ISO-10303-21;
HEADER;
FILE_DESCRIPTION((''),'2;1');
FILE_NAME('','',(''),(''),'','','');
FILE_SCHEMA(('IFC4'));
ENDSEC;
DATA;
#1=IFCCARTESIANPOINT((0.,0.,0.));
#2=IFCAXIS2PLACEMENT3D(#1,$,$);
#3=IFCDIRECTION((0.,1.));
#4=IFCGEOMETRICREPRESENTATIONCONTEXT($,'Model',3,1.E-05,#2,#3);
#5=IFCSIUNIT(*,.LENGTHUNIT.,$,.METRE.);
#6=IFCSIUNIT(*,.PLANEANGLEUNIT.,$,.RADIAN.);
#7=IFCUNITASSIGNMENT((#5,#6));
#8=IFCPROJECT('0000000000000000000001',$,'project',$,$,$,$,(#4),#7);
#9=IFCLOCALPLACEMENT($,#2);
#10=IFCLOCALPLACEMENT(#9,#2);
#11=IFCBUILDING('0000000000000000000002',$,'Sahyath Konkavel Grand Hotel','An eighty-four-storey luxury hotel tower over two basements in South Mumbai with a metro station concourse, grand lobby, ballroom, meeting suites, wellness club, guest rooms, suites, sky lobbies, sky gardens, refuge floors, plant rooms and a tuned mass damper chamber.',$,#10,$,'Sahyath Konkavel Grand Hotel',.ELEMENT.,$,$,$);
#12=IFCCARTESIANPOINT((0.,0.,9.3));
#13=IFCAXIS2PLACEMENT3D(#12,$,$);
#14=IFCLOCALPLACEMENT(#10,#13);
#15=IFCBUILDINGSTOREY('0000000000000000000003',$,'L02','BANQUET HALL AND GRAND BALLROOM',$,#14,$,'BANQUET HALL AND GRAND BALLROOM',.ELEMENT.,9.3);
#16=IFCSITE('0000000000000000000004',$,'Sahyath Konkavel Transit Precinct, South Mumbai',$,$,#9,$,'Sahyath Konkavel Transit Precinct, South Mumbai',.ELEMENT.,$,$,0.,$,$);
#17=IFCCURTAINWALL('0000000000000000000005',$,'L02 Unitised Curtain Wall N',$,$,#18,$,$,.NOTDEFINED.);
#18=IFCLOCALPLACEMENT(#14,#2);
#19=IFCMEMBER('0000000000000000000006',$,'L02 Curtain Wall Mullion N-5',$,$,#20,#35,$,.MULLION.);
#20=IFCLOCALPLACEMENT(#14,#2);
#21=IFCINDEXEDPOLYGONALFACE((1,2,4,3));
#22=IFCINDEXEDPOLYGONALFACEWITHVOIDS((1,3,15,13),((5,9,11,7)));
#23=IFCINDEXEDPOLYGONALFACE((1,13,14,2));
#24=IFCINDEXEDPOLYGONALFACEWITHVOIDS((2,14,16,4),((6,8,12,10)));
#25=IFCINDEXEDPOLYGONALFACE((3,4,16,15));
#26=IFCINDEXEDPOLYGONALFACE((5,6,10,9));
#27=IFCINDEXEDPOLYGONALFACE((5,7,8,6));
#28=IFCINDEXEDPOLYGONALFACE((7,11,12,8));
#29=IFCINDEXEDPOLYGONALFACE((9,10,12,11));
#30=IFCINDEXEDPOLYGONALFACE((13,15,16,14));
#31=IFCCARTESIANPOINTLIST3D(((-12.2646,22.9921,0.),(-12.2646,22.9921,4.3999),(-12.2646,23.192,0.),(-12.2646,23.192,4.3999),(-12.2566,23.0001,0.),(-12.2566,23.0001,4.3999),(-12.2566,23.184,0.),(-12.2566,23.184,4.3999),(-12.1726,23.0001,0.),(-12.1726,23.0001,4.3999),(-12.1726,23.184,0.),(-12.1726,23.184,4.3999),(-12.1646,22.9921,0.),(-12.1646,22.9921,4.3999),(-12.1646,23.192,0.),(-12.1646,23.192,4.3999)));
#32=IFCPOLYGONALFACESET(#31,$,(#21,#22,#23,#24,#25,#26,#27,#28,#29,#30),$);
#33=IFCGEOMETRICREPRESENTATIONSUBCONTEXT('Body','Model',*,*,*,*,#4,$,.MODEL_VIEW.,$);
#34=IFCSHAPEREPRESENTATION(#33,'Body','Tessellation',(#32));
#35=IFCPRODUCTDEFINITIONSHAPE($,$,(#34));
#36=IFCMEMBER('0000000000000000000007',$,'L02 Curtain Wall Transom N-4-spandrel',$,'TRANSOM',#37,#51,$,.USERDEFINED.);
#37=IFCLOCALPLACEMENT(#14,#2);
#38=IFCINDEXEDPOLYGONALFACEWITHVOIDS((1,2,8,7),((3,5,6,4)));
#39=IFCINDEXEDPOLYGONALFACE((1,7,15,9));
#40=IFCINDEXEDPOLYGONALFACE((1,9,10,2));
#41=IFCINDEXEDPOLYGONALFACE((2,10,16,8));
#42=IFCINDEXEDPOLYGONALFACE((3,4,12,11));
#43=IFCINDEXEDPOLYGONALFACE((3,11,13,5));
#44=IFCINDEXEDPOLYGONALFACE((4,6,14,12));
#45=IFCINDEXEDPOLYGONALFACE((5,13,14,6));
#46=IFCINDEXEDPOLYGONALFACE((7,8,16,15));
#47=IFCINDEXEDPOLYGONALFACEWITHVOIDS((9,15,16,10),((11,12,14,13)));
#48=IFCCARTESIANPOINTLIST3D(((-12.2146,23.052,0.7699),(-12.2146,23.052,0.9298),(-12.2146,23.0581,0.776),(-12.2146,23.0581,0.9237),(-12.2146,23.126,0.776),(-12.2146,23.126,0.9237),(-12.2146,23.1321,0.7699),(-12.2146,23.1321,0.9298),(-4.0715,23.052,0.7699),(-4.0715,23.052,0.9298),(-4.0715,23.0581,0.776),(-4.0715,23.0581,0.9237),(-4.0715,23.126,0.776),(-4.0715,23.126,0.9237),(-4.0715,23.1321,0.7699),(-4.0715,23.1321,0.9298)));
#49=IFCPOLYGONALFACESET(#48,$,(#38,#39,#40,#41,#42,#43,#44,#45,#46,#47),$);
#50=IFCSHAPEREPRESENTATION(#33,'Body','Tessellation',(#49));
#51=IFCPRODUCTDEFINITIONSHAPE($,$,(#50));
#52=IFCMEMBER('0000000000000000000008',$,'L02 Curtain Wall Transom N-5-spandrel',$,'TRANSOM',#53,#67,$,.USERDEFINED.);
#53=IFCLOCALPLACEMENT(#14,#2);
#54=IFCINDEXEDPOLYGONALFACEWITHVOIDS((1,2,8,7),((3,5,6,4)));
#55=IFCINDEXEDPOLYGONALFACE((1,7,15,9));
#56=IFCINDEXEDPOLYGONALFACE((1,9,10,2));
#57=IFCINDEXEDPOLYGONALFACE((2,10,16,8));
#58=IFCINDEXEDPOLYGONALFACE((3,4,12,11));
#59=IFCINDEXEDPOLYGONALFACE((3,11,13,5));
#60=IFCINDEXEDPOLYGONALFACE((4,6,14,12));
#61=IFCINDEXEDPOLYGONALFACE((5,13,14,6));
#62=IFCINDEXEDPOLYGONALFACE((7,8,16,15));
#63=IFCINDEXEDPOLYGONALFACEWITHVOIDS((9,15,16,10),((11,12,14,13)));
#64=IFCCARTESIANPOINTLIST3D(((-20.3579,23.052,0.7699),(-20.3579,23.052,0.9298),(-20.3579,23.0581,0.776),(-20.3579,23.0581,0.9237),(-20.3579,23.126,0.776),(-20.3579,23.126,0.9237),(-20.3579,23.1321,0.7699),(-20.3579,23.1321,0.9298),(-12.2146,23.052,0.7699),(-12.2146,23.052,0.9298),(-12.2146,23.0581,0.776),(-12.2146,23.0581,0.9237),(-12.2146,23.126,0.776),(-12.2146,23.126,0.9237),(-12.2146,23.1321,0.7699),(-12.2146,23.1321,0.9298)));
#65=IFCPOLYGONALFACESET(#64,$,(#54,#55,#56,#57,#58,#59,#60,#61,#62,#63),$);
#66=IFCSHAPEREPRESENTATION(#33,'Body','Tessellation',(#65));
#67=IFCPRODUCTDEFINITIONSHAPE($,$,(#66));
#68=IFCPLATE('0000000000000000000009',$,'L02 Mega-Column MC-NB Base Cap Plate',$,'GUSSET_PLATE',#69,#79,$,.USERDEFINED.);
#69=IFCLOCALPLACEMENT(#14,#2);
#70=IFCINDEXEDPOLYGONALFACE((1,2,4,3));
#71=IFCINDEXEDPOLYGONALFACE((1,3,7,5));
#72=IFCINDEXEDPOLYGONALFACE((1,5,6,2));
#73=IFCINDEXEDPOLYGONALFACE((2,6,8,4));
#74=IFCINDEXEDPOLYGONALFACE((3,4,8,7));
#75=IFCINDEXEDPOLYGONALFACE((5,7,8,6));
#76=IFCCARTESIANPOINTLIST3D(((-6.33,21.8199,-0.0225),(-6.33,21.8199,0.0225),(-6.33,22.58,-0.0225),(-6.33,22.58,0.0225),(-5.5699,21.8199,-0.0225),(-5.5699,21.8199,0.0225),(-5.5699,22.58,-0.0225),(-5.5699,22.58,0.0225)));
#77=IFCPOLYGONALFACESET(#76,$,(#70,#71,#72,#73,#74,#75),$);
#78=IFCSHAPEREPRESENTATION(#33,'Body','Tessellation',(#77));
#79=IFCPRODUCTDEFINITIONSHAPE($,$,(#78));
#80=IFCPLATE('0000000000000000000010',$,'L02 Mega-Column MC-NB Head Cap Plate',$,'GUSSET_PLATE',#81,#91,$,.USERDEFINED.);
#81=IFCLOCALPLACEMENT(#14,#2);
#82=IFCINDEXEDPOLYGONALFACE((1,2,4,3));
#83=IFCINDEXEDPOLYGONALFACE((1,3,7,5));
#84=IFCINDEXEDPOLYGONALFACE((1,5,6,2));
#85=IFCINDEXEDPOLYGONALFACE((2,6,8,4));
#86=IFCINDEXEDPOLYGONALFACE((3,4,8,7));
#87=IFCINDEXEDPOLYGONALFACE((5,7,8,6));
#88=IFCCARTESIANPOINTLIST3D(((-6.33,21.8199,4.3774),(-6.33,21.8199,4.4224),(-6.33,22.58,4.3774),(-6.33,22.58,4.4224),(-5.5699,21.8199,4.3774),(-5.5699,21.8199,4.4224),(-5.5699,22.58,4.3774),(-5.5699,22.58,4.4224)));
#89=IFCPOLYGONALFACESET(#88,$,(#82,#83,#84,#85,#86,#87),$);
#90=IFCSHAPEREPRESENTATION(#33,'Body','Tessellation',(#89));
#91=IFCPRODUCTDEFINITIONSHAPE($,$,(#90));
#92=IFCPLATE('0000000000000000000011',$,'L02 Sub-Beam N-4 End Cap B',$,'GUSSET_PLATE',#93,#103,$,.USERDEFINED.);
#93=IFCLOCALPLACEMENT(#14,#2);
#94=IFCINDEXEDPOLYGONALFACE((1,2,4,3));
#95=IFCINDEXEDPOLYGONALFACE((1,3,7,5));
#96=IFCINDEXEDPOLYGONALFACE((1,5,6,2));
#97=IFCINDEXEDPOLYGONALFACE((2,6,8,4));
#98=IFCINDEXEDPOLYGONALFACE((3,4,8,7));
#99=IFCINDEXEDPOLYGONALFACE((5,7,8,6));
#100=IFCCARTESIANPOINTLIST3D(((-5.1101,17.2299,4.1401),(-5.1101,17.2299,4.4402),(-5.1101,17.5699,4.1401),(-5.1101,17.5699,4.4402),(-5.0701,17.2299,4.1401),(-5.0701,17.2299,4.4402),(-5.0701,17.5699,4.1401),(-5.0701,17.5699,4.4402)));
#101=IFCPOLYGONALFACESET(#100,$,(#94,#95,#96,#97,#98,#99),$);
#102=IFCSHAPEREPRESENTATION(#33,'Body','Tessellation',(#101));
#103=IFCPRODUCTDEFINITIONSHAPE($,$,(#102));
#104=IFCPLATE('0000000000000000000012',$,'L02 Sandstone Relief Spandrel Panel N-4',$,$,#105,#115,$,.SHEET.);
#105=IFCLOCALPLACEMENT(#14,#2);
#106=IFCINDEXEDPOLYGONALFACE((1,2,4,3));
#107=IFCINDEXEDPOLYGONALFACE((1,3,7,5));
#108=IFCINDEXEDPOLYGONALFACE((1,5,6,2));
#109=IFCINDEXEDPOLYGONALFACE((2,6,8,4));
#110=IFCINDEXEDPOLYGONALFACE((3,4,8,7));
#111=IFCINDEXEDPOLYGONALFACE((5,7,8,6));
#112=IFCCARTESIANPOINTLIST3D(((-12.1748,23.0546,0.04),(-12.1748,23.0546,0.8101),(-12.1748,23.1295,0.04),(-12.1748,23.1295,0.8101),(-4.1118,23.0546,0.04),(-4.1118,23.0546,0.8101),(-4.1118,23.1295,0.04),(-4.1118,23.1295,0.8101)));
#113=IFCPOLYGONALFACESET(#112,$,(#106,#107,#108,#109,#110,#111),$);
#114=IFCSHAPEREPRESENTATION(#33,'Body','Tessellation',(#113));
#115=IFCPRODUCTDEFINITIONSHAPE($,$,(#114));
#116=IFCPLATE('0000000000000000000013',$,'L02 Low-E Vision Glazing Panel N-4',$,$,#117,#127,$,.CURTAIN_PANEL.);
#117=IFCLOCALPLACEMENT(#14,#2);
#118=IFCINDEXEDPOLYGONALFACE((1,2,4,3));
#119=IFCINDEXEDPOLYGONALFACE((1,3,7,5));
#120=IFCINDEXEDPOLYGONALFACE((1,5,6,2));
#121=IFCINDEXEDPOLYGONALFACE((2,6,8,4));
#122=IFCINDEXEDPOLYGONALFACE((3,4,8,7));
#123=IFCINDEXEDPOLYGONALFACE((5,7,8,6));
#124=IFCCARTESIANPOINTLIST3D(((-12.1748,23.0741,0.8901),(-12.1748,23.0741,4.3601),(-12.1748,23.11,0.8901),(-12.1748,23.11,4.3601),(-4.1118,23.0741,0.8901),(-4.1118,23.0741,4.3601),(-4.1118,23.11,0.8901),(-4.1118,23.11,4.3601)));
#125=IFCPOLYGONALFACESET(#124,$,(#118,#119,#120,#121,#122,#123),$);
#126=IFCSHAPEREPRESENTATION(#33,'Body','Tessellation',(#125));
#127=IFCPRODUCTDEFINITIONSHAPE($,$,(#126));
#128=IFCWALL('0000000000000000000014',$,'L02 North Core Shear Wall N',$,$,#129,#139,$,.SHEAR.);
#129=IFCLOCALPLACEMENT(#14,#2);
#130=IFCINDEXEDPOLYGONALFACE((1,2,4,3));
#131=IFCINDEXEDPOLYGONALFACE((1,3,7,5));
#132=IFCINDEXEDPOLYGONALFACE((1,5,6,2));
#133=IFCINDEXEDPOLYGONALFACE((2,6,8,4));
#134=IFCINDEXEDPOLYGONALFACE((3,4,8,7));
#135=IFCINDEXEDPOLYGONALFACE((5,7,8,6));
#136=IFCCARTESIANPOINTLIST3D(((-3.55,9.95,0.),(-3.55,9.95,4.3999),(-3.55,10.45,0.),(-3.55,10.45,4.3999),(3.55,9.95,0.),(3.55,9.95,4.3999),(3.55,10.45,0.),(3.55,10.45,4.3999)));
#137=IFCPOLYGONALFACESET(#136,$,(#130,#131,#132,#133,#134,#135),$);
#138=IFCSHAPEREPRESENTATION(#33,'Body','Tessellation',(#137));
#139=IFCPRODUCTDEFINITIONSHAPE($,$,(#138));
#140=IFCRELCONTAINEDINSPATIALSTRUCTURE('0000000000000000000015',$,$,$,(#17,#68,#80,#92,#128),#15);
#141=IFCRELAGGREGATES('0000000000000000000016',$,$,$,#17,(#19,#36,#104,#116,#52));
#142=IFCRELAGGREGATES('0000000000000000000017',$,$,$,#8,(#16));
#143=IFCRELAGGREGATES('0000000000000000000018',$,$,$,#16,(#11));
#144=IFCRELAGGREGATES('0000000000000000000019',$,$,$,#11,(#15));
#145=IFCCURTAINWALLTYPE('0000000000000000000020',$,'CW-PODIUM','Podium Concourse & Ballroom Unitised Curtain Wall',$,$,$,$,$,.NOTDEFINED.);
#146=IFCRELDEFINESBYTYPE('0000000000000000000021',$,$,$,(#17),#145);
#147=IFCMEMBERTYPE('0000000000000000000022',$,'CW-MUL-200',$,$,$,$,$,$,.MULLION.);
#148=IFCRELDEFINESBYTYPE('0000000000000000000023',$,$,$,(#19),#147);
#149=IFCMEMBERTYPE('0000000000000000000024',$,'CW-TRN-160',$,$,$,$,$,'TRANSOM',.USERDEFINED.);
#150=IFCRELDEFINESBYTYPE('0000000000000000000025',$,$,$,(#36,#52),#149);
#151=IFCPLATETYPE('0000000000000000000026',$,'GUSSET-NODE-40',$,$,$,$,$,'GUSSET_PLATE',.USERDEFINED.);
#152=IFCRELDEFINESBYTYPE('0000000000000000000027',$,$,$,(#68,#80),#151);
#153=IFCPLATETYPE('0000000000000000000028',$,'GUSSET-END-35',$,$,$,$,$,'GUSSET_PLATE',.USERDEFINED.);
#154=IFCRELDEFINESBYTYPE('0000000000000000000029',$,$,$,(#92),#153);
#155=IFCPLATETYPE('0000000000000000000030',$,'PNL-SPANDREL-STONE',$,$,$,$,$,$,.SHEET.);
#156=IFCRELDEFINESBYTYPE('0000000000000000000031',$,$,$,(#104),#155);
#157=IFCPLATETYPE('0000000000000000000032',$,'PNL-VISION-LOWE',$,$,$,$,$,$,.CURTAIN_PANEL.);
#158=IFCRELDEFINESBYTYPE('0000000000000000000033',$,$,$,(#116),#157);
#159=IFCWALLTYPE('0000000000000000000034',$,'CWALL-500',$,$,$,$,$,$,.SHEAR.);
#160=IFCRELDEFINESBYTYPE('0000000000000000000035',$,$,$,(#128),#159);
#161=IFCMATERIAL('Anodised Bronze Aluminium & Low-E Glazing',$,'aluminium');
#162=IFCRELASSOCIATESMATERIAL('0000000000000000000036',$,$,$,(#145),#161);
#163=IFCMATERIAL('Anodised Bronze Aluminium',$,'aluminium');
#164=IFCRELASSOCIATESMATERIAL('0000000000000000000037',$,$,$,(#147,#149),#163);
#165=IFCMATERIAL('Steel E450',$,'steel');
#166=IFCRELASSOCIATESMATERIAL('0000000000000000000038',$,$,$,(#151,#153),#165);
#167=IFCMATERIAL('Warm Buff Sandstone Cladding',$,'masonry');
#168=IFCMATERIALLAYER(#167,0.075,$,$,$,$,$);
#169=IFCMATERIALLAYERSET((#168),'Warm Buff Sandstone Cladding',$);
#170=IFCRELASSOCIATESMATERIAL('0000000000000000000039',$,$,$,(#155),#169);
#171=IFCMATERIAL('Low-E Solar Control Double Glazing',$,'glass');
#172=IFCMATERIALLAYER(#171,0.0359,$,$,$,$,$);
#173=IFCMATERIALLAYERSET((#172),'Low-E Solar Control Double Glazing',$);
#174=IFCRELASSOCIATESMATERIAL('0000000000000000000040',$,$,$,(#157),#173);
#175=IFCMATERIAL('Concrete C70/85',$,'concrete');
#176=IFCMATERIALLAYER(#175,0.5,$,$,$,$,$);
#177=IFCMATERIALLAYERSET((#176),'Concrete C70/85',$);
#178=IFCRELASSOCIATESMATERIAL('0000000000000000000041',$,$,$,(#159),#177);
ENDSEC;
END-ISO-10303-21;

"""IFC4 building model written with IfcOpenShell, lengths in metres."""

from ifc_helpers import new_model, si_unit, direction, frame, frame_2d, origin, origin_2d, place, context, subcontext, project, spatial, rectangle, hollow_rectangle, extrude, source, transform, mapped, material, layer, layer_set, material_profile, profile_set, type_object, element, aggregate, save


model = new_model("IFC4")

# Units and contexts
model_context = context("Model", 3, precision=1e-05, world=origin(), true_north=direction((0.0, 1.0)))
body_context = subcontext(model_context, "Body", "Model", "MODEL_VIEW")
ifc_project = project(units=[si_unit("LENGTHUNIT", "METRE"), si_unit("PLANEANGLEUNIT", "RADIAN")], contexts=[model_context])

# Site, building, storey
site_placement = place(None, origin())
site = spatial("IfcSite", under=ifc_project, at=site_placement, Name="Sahyath Konkavel Transit Precinct, South Mumbai", LongName="Sahyath Konkavel Transit Precinct, South Mumbai", CompositionType="ELEMENT", RefElevation=0.0)
building_placement = place(site_placement, origin())
building = spatial("IfcBuilding", under=site, at=building_placement, Name="Sahyath Konkavel Grand Hotel", Description="An eighty-four-storey luxury hotel tower over two basements in South Mumbai with a metro station concourse, grand lobby, ballroom, meeting suites, wellness club, guest rooms, suites, sky lobbies, sky gardens, refuge floors, plant rooms and a tuned mass damper chamber.", LongName="Sahyath Konkavel Grand Hotel", CompositionType="ELEMENT")
storey_placement = place(building_placement, frame((0.0, 0.0, 9.3)))
storey = spatial("IfcBuildingStorey", under=building, at=storey_placement, Name="L02", Description="BANQUET HALL AND GRAND BALLROOM", LongName="BANQUET HALL AND GRAND BALLROOM", CompositionType="ELEMENT", Elevation=9.3)

# Shared definitions
ifc_material_1 = material(Name="Concrete C70/85", Category="concrete")
ifc_material_2 = material(Name="Steel E450", Category="steel")

# Curtain wall, members
ifc_material_3 = material(Name="Anodised Bronze Aluminium & Low-E Glazing", Category="aluminium")
curtain_wall_type = type_object("IfcCurtainWallType", Name="CW-PODIUM", Description="Podium Concourse & Ballroom Unitised Curtain Wall", PredefinedType="NOTDEFINED", material=ifc_material_3)
curtain_wall_placement = place(storey_placement, origin())
curtain_wall = element("IfcCurtainWall", 1, at=curtain_wall_placement, inside=storey, type_object=curtain_wall_type, Name="L02 Unitised Curtain Wall N", PredefinedType="NOTDEFINED")
ifc_material_4 = material(Name="Anodised Bronze Aluminium", Category="aluminium")
ifc_material_profile_1 = material_profile(ifc_material_4, hollow_rectangle(XDim=0.1001, YDim=0.2, WallThickness=0.0081, at=origin_2d()), Name="RHS 200x100x8")
ifc_profile_set_1 = profile_set([ifc_material_profile_1], Name="Anodised Bronze Aluminium")
member_type_1 = type_object("IfcMemberType", Name="CW-MUL-200", PredefinedType="MULLION", material=ifc_profile_set_1)
shared_shape_1 = source(origin(), body_context, "Body", "SweptSolid", [
    extrude(hollow_rectangle(XDim=0.1001, YDim=0.2, WallThickness=0.0081, at=origin_2d()), origin(), (0.0, 0.0, 1.0), 4.3999),
])
member_1_placement = place(storey_placement, frame((-12.2146, 23.092, 0.0), z_axis=(0.0, 0.0, 1.0), x_axis=(1.0, 0.0, 0.0)))
member_1 = element("IfcMember", 2, at=member_1_placement, type_object=member_type_1, Name="L02 Curtain Wall Mullion N-5", PredefinedType="MULLION", context=body_context, shape_type="MappedRepresentation", body=[
    mapped(shared_shape_1, transform((0.0, 0.0, 0.0), scale=1.0)),
])
ifc_material_profile_2 = material_profile(ifc_material_4, hollow_rectangle(XDim=0.0801, YDim=0.1599, WallThickness=0.0061, at=origin_2d()), Name="RHS 160x80x6")
ifc_profile_set_2 = profile_set([ifc_material_profile_2], Name="Anodised Bronze Aluminium")
member_type_2 = type_object("IfcMemberType", Name="CW-TRN-160", ElementType="TRANSOM", PredefinedType="USERDEFINED", material=ifc_profile_set_2)
shared_shape_2 = source(origin(), body_context, "Body", "SweptSolid", [
    extrude(hollow_rectangle(XDim=0.0801, YDim=0.1599, WallThickness=0.0061, at=origin_2d()), origin(), (0.0, 0.0, 1.0), 8.1431),
])
member_2_placement = place(storey_placement, frame((-4.0715, 23.092, 0.8499), z_axis=(-1.0, 0.0, 0.0), x_axis=(0.0, -1.0, 0.0)))
member_2 = element("IfcMember", 3, at=member_2_placement, type_object=member_type_2, Name="L02 Curtain Wall Transom N-4-spandrel", ObjectType="TRANSOM", PredefinedType="USERDEFINED", context=body_context, shape_type="MappedRepresentation", body=[
    mapped(shared_shape_2, transform((0.0, 0.0, 0.0), scale=1.0)),
])
shared_shape_3 = source(origin(), body_context, "Body", "SweptSolid", [
    extrude(hollow_rectangle(XDim=0.0801, YDim=0.1599, WallThickness=0.0061, at=origin_2d()), origin(), (0.0, 0.0, 1.0), 8.1433),
])
member_3_placement = place(storey_placement, frame((-12.2146, 23.092, 0.8499), z_axis=(-1.0, 0.0, 0.0), x_axis=(0.0, -1.0, 0.0)))
member_3 = element("IfcMember", 4, at=member_3_placement, type_object=member_type_2, Name="L02 Curtain Wall Transom N-5-spandrel", ObjectType="TRANSOM", PredefinedType="USERDEFINED", context=body_context, shape_type="MappedRepresentation", body=[
    mapped(shared_shape_3, transform((0.0, 0.0, 0.0), scale=1.0)),
])

# Plates
plate_type_1 = type_object("IfcPlateType", Name="GUSSET-NODE-40", ElementType="GUSSET_PLATE", PredefinedType="USERDEFINED", material=ifc_material_2)
shared_shape_4 = source(origin(), body_context, "Body", "SweptSolid", [
    extrude(rectangle(XDim=0.76, YDim=0.76, at=origin_2d()), origin(), (0.0, 0.0, 1.0), 0.0449),
])
for number, where, z_axis, x_axis, name in (
    (5, (-5.95, 22.2, -0.0225), (0.0, 0.0, 1.0), (1.0, 0.0, 0.0), "L02 Mega-Column MC-NB Base Cap Plate"),
    (6, (-5.95, 22.2, 4.3774), (0.0, 0.0, 1.0), (1.0, 0.0, 0.0), "L02 Mega-Column MC-NB Head Cap Plate"),
):
    element("IfcPlate", number, at=place(storey_placement, frame(where, z_axis=z_axis, x_axis=x_axis)), inside=storey, type_object=plate_type_1, Name=name, ObjectType="GUSSET_PLATE", PredefinedType="USERDEFINED", context=body_context, shape_type="MappedRepresentation", body=[
        mapped(shared_shape_4, transform((0.0, 0.0, 0.0), scale=1.0)),
    ])
plate_type_2 = type_object("IfcPlateType", Name="GUSSET-END-35", ElementType="GUSSET_PLATE", PredefinedType="USERDEFINED", material=ifc_material_2)
shared_shape_5 = source(origin(), body_context, "Body", "SweptSolid", [
    extrude(rectangle(XDim=0.04, YDim=0.3401, at=origin_2d()), origin(), (0.0, 0.0, 1.0), 0.3),
])
plate_1_placement = place(storey_placement, frame((-5.0901, 17.3999, 4.1401), z_axis=(0.0, 0.0, 1.0), x_axis=(-1.0, 0.0, 0.0)))
element("IfcPlate", 7, at=plate_1_placement, inside=storey, type_object=plate_type_2, Name="L02 Sub-Beam N-4 End Cap B", ObjectType="GUSSET_PLATE", PredefinedType="USERDEFINED", context=body_context, shape_type="MappedRepresentation", body=[
    mapped(shared_shape_5, transform((0.0, 0.0, 0.0), scale=1.0)),
])

# Plates
ifc_material_5 = material(Name="Warm Buff Sandstone Cladding", Category="masonry")
ifc_layer_1 = layer(ifc_material_5, 0.075)
ifc_layer_set_1 = layer_set([ifc_layer_1], Name="Warm Buff Sandstone Cladding")
plate_type_3 = type_object("IfcPlateType", Name="PNL-SPANDREL-STONE", PredefinedType="SHEET", material=ifc_layer_set_1)
shared_shape_6 = source(origin(), body_context, "Body", "SweptSolid", [
    extrude(rectangle(XDim=8.063, YDim=0.075, at=origin_2d()), origin(), (0.0, 0.0, 1.0), 0.77),
])
plate_2_placement = place(storey_placement, frame((-8.1433, 23.092, 0.04), z_axis=(0.0, 0.0, 1.0), x_axis=(-1.0, 0.0, 0.0)))
plate_2 = element("IfcPlate", 8, at=plate_2_placement, type_object=plate_type_3, Name="L02 Sandstone Relief Spandrel Panel N-4", PredefinedType="SHEET", context=body_context, shape_type="MappedRepresentation", body=[
    mapped(shared_shape_6, transform((0.0, 0.0, 0.0), scale=1.0)),
])
ifc_material_6 = material(Name="Low-E Solar Control Double Glazing", Category="glass")
ifc_layer_2 = layer(ifc_material_6, 0.0359)
ifc_layer_set_2 = layer_set([ifc_layer_2], Name="Low-E Solar Control Double Glazing")
plate_type_4 = type_object("IfcPlateType", Name="PNL-VISION-LOWE", PredefinedType="CURTAIN_PANEL", material=ifc_layer_set_2)
shared_shape_7 = source(origin(), body_context, "Body", "SweptSolid", [
    extrude(rectangle(XDim=8.063, YDim=0.0359, at=origin_2d()), origin(), (0.0, 0.0, 1.0), 3.47),
])
plate_3_placement = place(storey_placement, frame((-8.1433, 23.092, 0.8901), z_axis=(0.0, 0.0, 1.0), x_axis=(-1.0, 0.0, 0.0)))
plate_3 = element("IfcPlate", 9, at=plate_3_placement, type_object=plate_type_4, Name="L02 Low-E Vision Glazing Panel N-4", PredefinedType="CURTAIN_PANEL", context=body_context, shape_type="MappedRepresentation", body=[
    mapped(shared_shape_7, transform((0.0, 0.0, 0.0), scale=1.0)),
])
aggregate(curtain_wall, [member_1, member_2, plate_2, plate_3, member_3])

# Wall
ifc_layer_3 = layer(ifc_material_1, 0.5)
ifc_layer_set_3 = layer_set([ifc_layer_3], Name="Concrete C70/85")
wall_type = type_object("IfcWallType", Name="CWALL-500", PredefinedType="SHEAR", material=ifc_layer_set_3)
wall_placement = place(storey_placement, frame((-3.55, 10.2, 0.0), z_axis=(0.0, 0.0, 1.0), x_axis=(1.0, 0.0, 0.0)))
element("IfcWall", 10, at=wall_placement, inside=storey, type_object=wall_type, Name="L02 North Core Shear Wall N", PredefinedType="SHEAR", context=body_context, shape_type="SweptSolid", body=[
    extrude(rectangle(XDim=7.1001, YDim=0.5, at=frame_2d((3.55, 0.0))), origin(), (0.0, 0.0, 1.0), 4.3999),
])

save(model, "model.ifc")
